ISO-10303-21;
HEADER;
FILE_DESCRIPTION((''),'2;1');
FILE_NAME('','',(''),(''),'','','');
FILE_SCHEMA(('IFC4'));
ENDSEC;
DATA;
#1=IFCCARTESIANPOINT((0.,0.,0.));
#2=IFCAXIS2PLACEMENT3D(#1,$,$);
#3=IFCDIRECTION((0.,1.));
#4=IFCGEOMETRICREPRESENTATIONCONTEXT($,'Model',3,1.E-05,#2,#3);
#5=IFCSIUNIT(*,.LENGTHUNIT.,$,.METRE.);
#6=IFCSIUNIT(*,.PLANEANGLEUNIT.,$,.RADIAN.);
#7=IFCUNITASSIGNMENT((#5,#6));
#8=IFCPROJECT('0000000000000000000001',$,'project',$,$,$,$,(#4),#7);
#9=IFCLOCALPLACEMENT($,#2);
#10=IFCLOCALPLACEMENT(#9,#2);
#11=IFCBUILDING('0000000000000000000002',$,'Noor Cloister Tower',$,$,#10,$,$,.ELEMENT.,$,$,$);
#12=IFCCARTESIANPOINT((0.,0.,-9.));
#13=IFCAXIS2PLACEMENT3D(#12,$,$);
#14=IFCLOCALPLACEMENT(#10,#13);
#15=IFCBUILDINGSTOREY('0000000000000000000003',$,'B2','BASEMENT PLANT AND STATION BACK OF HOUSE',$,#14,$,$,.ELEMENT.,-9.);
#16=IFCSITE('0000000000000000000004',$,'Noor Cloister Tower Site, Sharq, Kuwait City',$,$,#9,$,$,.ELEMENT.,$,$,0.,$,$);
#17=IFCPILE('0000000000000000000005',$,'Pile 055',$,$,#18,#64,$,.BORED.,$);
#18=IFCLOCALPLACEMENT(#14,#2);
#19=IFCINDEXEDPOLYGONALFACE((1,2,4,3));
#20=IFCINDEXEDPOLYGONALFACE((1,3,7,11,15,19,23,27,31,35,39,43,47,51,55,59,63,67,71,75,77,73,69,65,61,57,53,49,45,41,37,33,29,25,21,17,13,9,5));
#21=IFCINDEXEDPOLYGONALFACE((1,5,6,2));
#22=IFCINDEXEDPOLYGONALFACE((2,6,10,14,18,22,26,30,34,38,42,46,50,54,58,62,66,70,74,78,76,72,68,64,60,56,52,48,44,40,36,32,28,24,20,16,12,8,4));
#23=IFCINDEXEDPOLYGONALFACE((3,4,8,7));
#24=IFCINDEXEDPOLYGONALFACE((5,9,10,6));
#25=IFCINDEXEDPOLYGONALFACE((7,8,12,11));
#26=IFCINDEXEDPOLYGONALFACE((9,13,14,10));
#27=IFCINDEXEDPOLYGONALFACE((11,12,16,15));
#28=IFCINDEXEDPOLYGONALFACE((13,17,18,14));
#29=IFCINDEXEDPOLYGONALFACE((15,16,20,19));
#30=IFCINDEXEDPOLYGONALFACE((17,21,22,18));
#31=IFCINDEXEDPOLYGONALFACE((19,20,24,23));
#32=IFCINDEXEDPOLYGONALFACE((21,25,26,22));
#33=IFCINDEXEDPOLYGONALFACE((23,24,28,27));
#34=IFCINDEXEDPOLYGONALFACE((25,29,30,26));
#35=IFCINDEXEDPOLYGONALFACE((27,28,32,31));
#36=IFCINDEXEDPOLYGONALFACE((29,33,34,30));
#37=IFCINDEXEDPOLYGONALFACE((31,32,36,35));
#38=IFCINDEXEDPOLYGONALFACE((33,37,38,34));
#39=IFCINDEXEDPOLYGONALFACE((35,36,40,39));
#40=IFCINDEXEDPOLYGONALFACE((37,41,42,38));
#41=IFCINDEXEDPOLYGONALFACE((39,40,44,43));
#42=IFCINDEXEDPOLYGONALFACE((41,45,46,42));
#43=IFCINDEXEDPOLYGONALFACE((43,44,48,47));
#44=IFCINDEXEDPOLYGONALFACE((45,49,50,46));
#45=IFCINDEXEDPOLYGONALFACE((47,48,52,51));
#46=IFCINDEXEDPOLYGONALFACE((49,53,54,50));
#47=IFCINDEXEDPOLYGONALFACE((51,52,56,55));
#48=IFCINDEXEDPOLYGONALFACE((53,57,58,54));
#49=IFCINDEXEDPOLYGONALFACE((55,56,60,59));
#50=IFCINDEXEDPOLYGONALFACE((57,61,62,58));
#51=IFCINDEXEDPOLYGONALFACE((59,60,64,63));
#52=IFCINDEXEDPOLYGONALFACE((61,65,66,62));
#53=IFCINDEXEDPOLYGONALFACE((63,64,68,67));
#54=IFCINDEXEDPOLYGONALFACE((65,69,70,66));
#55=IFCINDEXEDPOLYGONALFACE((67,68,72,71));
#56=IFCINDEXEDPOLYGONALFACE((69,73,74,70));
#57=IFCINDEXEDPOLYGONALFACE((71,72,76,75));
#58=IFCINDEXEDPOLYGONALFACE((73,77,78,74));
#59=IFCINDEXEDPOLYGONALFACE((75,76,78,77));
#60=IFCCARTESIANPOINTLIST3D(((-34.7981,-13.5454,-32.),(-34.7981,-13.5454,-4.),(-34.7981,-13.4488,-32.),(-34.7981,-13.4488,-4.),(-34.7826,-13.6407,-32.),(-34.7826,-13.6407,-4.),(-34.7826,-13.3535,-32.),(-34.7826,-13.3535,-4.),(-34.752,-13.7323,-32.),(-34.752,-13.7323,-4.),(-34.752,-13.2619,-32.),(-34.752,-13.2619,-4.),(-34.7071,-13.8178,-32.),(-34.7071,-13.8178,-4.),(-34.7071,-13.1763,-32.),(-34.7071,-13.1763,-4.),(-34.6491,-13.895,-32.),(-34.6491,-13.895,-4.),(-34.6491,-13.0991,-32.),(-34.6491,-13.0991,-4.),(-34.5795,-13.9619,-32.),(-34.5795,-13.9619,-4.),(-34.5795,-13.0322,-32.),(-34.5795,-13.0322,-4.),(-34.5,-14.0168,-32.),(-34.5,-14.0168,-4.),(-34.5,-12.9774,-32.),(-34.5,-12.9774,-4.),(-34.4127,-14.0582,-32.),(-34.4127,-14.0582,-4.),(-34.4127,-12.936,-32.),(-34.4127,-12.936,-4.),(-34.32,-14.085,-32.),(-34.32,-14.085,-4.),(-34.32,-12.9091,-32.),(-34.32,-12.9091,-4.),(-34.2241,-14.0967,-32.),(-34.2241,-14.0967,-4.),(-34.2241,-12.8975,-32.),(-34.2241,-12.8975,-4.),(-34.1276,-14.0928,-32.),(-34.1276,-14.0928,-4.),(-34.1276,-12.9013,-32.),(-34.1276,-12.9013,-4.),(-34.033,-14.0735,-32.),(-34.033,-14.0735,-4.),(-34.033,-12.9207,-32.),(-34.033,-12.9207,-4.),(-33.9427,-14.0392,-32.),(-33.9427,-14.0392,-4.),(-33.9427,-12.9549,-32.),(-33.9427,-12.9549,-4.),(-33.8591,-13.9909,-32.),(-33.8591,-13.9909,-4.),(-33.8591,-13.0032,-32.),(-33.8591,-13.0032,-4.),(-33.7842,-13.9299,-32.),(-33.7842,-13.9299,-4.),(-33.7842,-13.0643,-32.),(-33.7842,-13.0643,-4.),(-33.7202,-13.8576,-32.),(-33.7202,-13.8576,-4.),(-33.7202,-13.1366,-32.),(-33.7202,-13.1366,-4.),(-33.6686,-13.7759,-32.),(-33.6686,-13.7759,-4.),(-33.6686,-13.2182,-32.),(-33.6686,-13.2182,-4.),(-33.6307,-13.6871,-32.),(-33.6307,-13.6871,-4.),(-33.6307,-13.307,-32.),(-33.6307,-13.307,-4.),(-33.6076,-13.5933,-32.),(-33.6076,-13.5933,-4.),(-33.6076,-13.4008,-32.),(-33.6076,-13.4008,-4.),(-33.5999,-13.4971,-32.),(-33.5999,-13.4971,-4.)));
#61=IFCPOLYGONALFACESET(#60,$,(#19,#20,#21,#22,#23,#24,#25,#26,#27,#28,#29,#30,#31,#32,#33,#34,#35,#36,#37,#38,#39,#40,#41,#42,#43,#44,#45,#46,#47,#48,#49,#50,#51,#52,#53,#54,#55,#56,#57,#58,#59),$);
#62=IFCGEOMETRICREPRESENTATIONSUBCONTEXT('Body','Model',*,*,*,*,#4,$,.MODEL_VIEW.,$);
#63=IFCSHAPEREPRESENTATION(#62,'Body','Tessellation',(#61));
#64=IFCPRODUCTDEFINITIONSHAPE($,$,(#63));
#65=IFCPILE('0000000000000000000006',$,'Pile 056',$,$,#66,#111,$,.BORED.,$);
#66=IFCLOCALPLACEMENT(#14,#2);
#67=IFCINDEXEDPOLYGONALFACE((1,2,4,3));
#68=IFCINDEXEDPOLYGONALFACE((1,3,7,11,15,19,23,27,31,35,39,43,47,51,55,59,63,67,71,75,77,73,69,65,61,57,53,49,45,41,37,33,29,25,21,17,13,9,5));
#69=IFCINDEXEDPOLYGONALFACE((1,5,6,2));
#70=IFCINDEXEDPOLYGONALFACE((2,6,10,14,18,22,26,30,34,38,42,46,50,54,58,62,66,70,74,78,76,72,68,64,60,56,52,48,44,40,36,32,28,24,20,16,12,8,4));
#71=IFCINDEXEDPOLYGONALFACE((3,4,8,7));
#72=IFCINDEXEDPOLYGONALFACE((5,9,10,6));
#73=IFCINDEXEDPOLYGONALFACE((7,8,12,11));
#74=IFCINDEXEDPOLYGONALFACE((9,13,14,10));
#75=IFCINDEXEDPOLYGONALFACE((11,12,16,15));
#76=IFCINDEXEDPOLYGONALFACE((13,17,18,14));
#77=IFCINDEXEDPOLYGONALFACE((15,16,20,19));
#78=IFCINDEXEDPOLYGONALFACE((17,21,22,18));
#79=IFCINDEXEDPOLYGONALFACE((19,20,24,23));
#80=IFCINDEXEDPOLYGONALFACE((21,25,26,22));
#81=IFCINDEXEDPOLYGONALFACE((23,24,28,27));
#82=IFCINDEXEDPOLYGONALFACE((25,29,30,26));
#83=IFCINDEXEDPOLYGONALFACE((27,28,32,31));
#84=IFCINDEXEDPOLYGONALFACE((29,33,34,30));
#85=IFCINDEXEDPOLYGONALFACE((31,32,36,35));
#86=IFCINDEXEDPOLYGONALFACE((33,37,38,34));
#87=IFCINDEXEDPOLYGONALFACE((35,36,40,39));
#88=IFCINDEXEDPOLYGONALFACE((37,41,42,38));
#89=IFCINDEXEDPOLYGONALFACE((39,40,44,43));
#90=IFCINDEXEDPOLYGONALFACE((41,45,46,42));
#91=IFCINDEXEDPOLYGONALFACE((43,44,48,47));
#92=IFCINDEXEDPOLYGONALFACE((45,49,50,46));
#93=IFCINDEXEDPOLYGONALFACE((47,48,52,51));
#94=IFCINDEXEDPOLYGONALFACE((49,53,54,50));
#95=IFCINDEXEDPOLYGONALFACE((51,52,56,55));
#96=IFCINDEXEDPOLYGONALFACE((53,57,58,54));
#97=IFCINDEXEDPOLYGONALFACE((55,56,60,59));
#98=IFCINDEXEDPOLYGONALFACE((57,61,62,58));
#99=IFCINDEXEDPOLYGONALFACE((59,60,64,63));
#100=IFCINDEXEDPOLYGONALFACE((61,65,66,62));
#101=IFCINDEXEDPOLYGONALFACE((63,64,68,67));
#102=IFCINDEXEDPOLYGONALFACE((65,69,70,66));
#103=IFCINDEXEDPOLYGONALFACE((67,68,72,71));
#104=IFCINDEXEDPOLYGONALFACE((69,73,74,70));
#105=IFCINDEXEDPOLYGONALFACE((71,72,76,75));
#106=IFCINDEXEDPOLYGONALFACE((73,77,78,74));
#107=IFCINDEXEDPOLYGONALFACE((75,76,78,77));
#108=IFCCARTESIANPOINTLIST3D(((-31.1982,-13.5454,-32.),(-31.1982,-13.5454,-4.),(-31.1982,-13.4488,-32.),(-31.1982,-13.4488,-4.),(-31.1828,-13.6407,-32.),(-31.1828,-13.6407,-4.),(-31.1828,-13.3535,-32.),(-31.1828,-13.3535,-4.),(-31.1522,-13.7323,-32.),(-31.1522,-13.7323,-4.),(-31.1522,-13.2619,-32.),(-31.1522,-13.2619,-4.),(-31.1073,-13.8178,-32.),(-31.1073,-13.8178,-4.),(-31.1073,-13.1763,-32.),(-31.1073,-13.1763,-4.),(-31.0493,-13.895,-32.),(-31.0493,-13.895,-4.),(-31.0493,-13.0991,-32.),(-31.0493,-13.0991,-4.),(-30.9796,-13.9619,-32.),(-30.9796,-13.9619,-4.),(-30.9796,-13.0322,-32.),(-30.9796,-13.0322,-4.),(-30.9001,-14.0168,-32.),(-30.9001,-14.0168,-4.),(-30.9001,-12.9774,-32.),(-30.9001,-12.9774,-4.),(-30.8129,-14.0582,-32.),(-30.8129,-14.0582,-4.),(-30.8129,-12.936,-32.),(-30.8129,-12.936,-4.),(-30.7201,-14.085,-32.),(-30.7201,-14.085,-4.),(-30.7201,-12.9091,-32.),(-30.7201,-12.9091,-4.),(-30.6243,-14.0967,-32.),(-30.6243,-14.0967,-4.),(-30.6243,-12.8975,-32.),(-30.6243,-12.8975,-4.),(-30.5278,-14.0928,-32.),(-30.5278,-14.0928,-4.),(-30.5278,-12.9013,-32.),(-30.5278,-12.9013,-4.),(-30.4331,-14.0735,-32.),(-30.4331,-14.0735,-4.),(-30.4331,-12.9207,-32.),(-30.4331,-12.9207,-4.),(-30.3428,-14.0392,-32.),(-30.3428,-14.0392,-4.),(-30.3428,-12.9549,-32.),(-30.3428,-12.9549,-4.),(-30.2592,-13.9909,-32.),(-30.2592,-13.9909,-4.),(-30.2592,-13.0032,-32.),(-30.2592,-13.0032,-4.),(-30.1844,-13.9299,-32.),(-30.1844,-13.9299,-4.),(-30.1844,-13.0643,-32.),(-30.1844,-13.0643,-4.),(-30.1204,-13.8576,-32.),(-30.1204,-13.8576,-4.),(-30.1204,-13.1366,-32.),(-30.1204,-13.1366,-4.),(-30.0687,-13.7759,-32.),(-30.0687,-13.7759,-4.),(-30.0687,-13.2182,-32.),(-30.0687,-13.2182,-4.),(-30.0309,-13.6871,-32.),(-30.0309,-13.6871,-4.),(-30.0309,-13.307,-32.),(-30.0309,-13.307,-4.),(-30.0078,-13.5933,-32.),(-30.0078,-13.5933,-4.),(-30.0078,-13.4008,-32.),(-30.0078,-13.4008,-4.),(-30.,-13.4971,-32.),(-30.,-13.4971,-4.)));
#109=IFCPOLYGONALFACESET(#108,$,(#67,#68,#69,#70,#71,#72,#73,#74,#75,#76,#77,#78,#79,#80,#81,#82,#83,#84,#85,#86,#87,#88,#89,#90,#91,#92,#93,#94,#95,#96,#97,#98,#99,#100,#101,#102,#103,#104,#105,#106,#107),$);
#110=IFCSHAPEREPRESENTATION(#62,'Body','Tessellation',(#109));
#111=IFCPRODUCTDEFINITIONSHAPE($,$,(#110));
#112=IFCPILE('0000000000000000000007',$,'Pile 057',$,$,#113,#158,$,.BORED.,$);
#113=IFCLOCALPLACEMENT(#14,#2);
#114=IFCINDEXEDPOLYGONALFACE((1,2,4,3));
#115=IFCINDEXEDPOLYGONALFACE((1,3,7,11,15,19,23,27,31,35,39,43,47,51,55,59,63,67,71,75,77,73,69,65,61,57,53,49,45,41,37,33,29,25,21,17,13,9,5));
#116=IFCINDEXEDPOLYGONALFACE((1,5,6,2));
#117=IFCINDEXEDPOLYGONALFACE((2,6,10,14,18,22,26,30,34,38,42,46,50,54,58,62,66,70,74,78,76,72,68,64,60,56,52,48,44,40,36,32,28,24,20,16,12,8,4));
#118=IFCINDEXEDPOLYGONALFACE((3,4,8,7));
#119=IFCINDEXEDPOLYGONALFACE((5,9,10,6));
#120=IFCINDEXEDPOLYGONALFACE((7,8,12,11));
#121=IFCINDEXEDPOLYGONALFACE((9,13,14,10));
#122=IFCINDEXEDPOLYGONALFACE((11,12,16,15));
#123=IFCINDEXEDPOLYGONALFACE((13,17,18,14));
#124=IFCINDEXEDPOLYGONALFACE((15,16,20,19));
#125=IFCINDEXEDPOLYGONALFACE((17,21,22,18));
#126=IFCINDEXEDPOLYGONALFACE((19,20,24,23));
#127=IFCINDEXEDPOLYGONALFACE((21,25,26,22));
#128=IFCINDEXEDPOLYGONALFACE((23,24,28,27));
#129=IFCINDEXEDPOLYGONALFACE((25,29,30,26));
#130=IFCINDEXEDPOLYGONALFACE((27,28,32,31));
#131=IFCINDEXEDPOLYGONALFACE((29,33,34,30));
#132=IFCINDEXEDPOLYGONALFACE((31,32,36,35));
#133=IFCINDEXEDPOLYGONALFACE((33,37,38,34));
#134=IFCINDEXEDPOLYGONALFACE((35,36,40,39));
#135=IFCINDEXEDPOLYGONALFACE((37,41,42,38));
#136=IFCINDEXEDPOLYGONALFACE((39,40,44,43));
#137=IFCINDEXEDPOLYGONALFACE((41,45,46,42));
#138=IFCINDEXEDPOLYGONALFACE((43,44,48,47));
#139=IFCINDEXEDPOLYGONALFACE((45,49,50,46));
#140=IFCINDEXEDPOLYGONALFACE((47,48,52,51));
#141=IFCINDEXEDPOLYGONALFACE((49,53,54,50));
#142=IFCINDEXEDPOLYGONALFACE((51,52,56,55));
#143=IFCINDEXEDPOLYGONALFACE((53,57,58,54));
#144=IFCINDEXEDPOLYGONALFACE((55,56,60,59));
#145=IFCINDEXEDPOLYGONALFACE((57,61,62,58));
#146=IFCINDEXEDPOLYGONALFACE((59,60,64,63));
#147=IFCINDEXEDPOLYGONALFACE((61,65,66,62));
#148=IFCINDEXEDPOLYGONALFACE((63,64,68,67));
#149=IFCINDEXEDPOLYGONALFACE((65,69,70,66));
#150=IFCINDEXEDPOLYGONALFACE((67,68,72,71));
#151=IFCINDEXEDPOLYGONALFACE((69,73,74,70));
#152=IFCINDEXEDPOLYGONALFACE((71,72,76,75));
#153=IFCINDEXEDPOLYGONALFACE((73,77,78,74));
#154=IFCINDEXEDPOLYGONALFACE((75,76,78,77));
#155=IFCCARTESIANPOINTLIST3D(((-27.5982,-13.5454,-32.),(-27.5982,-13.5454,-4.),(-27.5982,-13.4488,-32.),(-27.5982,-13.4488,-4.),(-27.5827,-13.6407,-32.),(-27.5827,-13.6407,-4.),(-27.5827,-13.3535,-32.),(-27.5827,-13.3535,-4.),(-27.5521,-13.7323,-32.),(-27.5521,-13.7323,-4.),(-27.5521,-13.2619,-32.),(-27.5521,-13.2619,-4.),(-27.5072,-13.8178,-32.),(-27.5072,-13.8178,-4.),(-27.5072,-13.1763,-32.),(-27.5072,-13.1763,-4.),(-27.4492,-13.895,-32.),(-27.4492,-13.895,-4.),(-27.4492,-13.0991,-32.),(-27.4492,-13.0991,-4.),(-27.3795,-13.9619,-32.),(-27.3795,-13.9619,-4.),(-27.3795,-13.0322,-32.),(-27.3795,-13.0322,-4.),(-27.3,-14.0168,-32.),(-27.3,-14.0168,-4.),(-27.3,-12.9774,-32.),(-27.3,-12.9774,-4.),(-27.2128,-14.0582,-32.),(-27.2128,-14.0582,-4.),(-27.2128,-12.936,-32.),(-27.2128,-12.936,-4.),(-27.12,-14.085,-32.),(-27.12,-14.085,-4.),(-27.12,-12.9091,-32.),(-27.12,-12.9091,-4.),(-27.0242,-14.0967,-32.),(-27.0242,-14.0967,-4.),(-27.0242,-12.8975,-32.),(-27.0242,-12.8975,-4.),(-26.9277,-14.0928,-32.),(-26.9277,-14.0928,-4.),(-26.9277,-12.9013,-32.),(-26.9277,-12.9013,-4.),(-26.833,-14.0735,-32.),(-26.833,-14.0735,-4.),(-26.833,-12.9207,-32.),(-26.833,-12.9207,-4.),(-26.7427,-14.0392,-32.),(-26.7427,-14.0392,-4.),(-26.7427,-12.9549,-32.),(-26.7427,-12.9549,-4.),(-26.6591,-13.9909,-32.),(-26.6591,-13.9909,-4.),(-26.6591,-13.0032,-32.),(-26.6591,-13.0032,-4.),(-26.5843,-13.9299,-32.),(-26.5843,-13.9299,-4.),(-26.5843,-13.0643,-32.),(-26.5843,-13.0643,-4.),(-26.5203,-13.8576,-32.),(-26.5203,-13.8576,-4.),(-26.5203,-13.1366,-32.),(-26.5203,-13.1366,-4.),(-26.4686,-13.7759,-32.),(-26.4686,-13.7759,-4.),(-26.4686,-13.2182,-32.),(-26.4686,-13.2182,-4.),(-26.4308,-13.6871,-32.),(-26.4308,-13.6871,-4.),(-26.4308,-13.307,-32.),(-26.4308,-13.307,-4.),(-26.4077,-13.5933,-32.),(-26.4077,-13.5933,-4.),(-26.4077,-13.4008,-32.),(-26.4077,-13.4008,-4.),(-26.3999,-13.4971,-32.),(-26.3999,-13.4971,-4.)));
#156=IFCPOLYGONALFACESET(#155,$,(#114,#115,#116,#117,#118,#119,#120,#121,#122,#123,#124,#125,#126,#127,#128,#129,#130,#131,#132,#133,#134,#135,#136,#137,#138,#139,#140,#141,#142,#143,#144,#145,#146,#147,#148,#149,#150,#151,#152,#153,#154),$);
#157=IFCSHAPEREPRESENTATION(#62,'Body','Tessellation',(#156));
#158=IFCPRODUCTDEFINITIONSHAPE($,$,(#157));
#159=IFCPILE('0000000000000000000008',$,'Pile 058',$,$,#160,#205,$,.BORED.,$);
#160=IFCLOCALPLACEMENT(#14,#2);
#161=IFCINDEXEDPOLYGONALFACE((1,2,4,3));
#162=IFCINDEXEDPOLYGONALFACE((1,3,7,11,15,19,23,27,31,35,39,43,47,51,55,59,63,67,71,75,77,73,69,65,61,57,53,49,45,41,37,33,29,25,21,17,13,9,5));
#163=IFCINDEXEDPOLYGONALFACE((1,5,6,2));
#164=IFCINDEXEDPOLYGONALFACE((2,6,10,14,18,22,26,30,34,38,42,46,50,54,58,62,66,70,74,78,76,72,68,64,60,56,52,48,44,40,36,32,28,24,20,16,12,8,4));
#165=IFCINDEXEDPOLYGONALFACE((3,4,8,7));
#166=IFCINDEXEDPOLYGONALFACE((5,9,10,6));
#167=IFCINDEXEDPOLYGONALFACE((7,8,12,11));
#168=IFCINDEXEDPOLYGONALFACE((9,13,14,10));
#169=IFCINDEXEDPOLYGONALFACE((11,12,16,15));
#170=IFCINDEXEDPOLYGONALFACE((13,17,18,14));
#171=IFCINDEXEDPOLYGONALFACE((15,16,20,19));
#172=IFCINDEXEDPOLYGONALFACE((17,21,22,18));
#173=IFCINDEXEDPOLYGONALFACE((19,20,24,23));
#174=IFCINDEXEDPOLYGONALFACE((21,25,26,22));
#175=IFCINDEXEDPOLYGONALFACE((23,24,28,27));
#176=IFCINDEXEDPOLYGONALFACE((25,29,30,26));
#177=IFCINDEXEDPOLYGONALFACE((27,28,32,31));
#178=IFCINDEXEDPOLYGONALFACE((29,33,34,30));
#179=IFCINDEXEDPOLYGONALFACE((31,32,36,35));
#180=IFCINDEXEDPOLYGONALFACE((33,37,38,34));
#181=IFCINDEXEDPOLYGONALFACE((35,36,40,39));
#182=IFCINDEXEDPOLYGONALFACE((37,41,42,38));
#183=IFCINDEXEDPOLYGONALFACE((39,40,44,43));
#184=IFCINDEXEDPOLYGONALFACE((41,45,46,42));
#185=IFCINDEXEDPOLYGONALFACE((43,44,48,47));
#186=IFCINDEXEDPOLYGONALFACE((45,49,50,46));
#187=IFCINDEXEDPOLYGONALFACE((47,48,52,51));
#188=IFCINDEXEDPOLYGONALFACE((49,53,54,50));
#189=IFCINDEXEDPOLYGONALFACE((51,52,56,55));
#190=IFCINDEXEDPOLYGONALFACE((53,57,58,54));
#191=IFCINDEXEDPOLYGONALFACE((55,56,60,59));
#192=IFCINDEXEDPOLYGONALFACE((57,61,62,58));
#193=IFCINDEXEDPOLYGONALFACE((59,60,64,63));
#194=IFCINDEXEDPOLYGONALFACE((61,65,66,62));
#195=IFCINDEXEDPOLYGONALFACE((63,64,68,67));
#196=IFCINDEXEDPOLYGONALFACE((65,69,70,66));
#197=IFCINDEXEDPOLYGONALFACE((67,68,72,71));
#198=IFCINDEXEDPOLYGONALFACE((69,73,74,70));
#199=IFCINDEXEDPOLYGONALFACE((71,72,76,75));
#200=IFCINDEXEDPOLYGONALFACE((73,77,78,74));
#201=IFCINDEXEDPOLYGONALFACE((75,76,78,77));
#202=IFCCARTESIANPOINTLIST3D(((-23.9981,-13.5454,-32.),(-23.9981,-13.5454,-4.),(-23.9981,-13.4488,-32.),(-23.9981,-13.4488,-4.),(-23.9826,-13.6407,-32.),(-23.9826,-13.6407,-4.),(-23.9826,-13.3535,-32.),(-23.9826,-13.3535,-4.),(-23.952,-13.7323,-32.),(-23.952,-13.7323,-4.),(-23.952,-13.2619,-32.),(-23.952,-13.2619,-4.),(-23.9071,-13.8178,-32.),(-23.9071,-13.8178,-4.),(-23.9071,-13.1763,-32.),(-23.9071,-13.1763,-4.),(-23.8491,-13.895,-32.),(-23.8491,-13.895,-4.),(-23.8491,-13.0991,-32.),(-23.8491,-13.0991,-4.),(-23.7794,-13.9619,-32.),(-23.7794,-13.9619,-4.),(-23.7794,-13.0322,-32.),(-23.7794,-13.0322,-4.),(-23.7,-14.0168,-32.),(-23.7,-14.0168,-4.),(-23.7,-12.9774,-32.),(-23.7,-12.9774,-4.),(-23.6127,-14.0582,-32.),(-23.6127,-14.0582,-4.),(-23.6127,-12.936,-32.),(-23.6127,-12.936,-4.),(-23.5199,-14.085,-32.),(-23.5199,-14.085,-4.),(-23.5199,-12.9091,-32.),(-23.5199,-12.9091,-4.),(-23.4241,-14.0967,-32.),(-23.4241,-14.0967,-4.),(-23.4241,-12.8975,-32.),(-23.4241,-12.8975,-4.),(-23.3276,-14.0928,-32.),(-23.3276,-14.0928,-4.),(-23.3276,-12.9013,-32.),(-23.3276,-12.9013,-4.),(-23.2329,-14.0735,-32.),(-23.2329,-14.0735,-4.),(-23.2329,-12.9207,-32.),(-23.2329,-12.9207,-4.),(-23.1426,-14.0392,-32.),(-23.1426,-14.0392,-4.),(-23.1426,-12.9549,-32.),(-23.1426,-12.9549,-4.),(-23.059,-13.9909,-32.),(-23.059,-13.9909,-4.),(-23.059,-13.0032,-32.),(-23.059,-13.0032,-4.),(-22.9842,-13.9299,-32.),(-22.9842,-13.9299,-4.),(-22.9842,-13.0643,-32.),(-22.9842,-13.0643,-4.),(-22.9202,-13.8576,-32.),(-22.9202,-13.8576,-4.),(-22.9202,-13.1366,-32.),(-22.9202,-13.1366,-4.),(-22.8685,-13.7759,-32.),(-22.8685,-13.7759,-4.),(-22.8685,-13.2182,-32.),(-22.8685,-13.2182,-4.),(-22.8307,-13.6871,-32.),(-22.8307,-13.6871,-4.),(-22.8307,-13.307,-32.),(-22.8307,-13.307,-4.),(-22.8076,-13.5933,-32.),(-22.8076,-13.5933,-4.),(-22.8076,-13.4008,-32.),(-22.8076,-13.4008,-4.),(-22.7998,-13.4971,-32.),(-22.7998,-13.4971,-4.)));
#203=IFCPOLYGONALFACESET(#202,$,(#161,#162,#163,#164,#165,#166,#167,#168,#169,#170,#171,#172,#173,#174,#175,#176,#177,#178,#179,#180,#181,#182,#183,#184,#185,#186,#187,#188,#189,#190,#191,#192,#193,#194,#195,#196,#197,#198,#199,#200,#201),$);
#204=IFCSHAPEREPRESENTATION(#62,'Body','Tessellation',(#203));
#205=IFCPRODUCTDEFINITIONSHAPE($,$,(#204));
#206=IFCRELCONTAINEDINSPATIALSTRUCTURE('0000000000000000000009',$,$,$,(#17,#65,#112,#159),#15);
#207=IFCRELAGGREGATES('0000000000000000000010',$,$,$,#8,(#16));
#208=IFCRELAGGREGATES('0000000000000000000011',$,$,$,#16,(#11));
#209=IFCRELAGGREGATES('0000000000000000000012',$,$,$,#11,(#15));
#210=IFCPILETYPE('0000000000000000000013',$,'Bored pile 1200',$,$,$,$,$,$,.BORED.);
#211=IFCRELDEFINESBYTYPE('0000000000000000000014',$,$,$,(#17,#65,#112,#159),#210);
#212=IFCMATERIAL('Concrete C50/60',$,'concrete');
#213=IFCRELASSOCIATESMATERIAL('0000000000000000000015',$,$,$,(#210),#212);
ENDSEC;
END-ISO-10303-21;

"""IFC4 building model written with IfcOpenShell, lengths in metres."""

from ifc_helpers import new_model, si_unit, direction, frame, origin, origin_2d, place, context, subcontext, project, spatial, circle, extrude, material, material_profile, profile_set, type_object, element, save


model = new_model("IFC4")

# Units and contexts
model_context = context("Model", 3, precision=1e-05, world=origin(), true_north=direction((0.0, 1.0)))
body_context = subcontext(model_context, "Body", "Model", "MODEL_VIEW")
ifc_project = project(units=[si_unit("LENGTHUNIT", "METRE"), si_unit("PLANEANGLEUNIT", "RADIAN")], contexts=[model_context])

# Site, building, storey
site_placement = place(None, origin())
site = spatial("IfcSite", under=ifc_project, at=site_placement, Name="Noor Cloister Tower Site, Sharq, Kuwait City", CompositionType="ELEMENT", RefElevation=0.0)
building_placement = place(site_placement, origin())
building = spatial("IfcBuilding", under=site, at=building_placement, Name="Noor Cloister Tower", CompositionType="ELEMENT")
storey_placement = place(building_placement, frame((0.0, 0.0, -9.0)))
storey = spatial("IfcBuildingStorey", under=building, at=storey_placement, Name="B2", Description="BASEMENT PLANT AND STATION BACK OF HOUSE", CompositionType="ELEMENT", Elevation=-9.0)

# Piles
ifc_material_1 = material(Name="Concrete C50/60", Category="concrete")
ifc_material_profile_1 = material_profile(ifc_material_1, circle(Radius=0.6001, at=origin_2d()), Name="Bored pile 1200")
ifc_profile_set_1 = profile_set([ifc_material_profile_1], Name="Concrete C50/60")
pile_type = type_object("IfcPileType", Name="Bored pile 1200", PredefinedType="BORED", material=ifc_profile_set_1)
for number, where, z_axis, x_axis, name in (
    (1, (-34.2, -13.4971, -4.0), (0.0, 0.0, -1.0), (1.0, 0.0, 0.0), "Pile 055"),
    (2, (-30.6001, -13.4971, -4.0), (0.0, 0.0, -1.0), (1.0, 0.0, 0.0), "Pile 056"),
    (3, (-27.0, -13.4971, -4.0), (0.0, 0.0, -1.0), (1.0, 0.0, 0.0), "Pile 057"),
    (4, (-23.3999, -13.4971, -4.0), (0.0, 0.0, -1.0), (1.0, 0.0, 0.0), "Pile 058"),
):
    element("IfcPile", number, at=place(storey_placement, frame(where, z_axis=z_axis, x_axis=x_axis)), inside=storey, type_object=pile_type, Name=name, PredefinedType="BORED", context=body_context, shape_type="SweptSolid", body=[
        extrude(circle(Radius=0.6001, at=origin_2d()), origin(), (0.0, 0.0, 1.0), 28.0),
    ])

save(model, "model.ifc")
